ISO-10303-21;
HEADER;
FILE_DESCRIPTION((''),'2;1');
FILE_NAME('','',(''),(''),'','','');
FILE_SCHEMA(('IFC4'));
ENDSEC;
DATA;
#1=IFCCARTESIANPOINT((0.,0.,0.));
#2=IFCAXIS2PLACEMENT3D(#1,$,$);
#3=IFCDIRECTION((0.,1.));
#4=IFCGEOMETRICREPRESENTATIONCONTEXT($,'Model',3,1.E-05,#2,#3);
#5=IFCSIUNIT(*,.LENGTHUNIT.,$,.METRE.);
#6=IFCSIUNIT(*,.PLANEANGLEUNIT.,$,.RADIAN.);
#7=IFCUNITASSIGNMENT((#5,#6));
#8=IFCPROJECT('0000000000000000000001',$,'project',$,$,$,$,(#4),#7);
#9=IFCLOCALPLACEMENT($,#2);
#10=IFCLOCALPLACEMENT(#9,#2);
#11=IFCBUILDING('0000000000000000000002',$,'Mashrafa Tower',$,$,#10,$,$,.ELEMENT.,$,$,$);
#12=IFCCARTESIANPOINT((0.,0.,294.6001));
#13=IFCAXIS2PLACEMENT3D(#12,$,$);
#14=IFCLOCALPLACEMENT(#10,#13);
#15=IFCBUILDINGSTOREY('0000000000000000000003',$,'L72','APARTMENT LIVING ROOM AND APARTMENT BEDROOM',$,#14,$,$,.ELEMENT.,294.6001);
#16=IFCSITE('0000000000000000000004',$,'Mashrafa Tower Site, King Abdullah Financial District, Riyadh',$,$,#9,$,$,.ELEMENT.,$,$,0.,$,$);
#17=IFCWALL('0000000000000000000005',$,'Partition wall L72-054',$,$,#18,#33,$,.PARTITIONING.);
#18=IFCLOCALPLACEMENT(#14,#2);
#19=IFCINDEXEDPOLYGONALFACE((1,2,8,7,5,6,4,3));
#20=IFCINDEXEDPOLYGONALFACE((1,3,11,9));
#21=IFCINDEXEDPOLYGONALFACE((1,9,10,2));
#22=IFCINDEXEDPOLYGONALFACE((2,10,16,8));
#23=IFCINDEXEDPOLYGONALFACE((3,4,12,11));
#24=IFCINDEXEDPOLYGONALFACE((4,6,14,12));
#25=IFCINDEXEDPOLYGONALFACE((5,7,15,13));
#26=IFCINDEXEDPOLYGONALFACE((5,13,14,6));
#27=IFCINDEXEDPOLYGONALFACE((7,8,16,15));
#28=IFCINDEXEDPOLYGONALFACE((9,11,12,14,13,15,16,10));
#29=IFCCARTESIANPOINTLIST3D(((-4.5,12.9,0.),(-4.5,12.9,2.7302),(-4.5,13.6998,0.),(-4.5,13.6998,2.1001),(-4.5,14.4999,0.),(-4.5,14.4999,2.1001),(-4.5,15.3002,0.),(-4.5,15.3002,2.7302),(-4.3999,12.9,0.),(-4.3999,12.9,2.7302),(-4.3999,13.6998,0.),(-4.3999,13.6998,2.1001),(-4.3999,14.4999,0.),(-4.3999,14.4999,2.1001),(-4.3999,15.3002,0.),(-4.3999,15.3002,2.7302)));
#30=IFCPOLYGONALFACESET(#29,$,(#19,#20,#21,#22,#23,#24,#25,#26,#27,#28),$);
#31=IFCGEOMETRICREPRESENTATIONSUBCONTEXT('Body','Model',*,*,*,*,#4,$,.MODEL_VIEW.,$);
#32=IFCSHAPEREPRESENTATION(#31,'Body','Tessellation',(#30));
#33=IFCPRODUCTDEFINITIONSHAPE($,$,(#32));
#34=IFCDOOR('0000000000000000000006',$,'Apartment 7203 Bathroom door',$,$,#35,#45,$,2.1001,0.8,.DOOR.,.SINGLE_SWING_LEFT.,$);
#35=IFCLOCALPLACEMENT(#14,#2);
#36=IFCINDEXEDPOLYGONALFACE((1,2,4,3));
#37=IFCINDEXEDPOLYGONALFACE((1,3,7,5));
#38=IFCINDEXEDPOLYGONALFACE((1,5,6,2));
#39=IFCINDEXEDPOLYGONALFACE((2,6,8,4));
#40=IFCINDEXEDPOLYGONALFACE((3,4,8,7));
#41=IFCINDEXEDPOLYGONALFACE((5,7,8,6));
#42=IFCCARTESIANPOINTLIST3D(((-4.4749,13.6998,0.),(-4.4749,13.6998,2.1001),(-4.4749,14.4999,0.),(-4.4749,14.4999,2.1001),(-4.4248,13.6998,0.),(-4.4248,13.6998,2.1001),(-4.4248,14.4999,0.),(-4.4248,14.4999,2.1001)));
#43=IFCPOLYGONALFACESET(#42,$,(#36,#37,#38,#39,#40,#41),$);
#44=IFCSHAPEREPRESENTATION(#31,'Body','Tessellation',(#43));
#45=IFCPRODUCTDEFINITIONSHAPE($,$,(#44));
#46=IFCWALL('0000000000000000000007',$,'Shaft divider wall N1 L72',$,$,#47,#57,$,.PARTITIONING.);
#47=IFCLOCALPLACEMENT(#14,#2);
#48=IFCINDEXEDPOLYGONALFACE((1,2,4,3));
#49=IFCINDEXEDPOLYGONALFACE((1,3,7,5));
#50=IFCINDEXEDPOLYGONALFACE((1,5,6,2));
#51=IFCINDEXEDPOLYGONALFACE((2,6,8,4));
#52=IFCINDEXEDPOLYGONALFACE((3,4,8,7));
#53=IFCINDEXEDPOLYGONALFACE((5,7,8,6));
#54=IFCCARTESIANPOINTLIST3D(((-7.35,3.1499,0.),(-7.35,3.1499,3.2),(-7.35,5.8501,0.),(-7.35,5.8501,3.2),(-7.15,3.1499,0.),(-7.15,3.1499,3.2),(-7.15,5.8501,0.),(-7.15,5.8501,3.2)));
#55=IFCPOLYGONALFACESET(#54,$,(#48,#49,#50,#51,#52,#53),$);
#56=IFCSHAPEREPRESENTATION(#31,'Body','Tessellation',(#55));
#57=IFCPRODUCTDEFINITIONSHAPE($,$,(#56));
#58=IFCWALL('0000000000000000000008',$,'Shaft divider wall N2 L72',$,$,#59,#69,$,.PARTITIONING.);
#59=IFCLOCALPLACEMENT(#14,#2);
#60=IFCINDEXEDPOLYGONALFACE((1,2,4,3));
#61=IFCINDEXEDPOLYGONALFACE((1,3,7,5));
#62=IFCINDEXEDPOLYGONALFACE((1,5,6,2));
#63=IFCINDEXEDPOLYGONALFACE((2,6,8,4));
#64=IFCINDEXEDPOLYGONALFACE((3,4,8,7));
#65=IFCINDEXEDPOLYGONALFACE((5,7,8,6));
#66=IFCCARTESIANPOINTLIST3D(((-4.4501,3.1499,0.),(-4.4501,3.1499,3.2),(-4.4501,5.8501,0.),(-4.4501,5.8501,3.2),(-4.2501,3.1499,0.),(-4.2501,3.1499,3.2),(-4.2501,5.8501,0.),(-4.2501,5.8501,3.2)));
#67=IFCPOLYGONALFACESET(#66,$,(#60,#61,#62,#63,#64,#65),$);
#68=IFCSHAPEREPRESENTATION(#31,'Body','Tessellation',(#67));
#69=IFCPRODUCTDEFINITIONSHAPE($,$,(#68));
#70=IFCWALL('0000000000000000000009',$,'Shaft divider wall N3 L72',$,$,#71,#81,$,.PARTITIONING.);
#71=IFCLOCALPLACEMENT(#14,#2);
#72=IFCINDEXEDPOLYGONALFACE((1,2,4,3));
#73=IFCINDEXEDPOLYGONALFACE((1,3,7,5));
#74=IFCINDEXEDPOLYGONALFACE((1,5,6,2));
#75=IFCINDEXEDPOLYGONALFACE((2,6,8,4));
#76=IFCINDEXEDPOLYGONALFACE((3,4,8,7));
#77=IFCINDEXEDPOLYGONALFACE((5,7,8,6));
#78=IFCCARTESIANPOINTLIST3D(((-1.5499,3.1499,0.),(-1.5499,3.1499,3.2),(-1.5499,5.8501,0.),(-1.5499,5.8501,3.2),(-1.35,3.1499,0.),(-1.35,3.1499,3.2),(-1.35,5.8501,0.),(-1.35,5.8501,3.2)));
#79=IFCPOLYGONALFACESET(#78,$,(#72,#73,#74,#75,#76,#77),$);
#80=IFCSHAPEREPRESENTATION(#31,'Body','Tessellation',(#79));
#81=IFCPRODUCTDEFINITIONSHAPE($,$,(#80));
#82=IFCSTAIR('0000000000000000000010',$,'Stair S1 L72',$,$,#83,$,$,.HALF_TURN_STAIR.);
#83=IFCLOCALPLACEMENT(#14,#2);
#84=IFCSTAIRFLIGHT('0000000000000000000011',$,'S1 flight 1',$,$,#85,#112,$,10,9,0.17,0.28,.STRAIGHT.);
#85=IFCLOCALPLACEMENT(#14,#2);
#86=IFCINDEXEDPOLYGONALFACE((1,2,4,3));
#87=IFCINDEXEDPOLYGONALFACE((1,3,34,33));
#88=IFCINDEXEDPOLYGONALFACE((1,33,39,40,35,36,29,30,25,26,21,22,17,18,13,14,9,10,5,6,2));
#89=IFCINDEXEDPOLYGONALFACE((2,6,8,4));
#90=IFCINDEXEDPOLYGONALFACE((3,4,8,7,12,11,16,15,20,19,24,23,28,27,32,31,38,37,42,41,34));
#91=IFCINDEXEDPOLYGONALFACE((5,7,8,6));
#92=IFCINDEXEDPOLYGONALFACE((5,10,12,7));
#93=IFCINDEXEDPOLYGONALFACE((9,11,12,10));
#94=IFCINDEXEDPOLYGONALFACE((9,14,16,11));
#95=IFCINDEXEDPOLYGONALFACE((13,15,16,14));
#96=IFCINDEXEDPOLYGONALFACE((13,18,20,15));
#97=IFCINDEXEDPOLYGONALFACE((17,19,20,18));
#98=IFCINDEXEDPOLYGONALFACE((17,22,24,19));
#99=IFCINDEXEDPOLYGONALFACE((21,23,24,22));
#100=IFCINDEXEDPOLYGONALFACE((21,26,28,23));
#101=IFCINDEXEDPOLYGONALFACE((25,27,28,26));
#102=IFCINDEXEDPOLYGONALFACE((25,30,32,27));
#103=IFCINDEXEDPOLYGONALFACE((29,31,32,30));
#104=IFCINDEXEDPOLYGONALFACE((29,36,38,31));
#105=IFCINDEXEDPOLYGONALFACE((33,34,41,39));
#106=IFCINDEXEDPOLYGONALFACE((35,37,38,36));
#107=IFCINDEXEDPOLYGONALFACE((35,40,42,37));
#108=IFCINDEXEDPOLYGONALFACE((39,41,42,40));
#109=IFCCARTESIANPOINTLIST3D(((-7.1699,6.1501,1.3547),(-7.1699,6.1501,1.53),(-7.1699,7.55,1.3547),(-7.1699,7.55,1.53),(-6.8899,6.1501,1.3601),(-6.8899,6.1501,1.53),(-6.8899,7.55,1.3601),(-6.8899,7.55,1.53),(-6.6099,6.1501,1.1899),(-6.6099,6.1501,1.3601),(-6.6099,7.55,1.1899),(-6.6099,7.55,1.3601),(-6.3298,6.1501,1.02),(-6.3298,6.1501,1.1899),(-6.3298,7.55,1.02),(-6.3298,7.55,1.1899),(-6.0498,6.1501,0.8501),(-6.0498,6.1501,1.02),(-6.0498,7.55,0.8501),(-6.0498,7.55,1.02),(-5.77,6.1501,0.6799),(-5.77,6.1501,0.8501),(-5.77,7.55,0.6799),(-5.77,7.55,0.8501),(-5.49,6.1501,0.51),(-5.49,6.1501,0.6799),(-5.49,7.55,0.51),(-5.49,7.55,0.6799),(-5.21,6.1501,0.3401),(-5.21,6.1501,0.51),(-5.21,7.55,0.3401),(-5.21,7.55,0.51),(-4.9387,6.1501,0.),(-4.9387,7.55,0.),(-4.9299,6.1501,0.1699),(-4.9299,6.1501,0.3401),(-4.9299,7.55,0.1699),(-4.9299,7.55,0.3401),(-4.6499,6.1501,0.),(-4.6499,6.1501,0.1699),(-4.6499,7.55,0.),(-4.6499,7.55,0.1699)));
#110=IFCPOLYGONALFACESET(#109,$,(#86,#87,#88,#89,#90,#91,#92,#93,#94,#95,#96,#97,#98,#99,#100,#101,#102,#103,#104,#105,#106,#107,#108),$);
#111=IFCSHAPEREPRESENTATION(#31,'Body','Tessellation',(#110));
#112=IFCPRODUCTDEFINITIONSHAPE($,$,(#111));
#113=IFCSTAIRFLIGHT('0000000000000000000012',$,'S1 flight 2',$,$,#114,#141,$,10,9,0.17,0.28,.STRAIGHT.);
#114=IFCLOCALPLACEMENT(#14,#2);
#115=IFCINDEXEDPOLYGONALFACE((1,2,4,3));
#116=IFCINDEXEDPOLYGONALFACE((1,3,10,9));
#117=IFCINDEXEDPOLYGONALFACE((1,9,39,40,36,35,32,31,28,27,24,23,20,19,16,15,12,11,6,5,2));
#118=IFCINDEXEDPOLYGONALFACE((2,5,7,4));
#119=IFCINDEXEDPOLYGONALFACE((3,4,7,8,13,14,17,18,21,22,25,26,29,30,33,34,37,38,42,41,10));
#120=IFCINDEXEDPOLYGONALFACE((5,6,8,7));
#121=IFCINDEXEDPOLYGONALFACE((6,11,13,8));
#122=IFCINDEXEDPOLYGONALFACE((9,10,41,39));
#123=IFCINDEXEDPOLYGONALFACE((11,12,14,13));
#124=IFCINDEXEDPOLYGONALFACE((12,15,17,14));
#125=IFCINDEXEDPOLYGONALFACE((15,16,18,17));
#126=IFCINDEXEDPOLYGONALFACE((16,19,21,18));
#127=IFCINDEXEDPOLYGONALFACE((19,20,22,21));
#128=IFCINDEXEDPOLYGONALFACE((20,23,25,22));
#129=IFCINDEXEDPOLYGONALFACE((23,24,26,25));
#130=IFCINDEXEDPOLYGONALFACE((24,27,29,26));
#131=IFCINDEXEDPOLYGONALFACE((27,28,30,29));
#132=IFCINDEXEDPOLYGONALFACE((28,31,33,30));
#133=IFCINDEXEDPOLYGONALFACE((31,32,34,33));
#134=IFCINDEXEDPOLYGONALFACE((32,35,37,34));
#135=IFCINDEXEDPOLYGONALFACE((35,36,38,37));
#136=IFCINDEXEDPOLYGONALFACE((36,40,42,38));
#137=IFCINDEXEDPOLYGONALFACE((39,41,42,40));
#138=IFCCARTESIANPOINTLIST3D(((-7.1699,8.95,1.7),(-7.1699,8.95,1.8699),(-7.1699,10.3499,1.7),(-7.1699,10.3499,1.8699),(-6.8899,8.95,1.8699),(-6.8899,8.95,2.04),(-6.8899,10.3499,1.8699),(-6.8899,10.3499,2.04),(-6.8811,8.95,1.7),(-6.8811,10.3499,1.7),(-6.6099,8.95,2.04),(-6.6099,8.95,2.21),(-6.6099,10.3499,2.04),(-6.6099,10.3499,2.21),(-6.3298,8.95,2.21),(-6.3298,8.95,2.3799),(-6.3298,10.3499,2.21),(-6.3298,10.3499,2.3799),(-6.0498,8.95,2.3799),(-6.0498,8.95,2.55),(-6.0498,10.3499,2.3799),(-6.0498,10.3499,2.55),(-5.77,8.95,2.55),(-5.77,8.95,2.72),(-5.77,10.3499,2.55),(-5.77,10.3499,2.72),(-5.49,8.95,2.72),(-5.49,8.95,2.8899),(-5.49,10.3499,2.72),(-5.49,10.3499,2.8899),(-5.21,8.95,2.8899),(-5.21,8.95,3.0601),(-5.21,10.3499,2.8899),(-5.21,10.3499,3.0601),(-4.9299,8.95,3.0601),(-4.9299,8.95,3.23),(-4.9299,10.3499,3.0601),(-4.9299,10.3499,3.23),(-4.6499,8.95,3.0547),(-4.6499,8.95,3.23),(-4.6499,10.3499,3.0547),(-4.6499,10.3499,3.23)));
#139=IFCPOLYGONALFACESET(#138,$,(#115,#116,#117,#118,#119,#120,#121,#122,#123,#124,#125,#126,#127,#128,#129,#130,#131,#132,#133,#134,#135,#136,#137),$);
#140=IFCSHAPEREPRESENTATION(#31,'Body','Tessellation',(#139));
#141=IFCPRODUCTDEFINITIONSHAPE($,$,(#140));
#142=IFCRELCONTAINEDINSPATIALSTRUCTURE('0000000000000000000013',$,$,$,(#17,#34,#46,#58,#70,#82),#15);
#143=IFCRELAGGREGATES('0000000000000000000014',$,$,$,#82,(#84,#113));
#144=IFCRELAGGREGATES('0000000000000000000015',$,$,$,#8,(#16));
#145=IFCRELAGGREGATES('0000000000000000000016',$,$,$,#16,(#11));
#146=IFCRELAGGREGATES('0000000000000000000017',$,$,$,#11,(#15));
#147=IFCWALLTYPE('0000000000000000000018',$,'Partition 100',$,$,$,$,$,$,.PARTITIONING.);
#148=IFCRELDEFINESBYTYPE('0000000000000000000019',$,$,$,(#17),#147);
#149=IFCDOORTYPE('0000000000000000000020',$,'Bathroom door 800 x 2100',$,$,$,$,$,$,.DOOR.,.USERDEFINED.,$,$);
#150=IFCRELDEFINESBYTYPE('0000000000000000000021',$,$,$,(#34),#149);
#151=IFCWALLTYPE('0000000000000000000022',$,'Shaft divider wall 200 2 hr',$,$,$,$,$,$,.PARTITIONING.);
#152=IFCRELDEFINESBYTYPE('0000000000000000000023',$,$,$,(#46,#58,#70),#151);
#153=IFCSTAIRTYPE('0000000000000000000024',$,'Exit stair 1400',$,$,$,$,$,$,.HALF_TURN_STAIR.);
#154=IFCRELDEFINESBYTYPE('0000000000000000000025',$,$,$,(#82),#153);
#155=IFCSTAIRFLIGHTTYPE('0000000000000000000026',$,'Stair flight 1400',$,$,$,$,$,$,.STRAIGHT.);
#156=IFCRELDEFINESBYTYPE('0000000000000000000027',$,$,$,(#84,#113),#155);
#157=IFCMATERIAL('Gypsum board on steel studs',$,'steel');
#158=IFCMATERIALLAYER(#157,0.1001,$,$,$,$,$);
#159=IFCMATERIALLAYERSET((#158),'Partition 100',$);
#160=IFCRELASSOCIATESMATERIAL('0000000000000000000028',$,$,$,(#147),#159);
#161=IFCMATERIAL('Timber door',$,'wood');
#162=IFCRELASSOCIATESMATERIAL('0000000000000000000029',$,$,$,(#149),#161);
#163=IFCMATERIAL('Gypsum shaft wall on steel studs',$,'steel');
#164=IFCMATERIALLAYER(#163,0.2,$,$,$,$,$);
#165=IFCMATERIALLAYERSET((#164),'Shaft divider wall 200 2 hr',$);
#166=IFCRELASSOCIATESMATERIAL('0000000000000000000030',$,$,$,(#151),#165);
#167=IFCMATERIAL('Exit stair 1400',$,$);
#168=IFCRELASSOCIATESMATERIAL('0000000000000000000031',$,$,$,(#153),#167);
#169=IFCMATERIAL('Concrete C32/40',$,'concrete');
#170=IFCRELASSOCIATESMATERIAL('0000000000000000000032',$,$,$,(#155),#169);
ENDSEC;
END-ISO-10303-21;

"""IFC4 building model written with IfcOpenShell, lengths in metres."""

from ifc_helpers import new_model, si_unit, direction, frame, frame_2d, origin, place, context, subcontext, project, spatial, polyline, rectangle, outline, extrude, material, layer, layer_set, type_object, element, fill, aggregate, save


model = new_model("IFC4")

# Units and contexts
model_context = context("Model", 3, precision=1e-05, world=origin(), true_north=direction((0.0, 1.0)))
body_context = subcontext(model_context, "Body", "Model", "MODEL_VIEW")
ifc_project = project(units=[si_unit("LENGTHUNIT", "METRE"), si_unit("PLANEANGLEUNIT", "RADIAN")], contexts=[model_context])

# Site, building, storey
site_placement = place(None, origin())
site = spatial("IfcSite", under=ifc_project, at=site_placement, Name="Mashrafa Tower Site, King Abdullah Financial District, Riyadh", CompositionType="ELEMENT", RefElevation=0.0)
building_placement = place(site_placement, origin())
building = spatial("IfcBuilding", under=site, at=building_placement, Name="Mashrafa Tower", CompositionType="ELEMENT")
storey_placement = place(building_placement, frame((0.0, 0.0, 294.6001)))
storey = spatial("IfcBuildingStorey", under=building, at=storey_placement, Name="L72", Description="APARTMENT LIVING ROOM AND APARTMENT BEDROOM", CompositionType="ELEMENT", Elevation=294.6001)

# Shared definitions
ifc_material_1 = material(Name="Gypsum board on steel studs", Category="steel")
ifc_layer_1 = layer(ifc_material_1, 0.1001)
ifc_layer_set_1 = layer_set([ifc_layer_1], Name="Partition 100")
wall_type_1 = type_object("IfcWallType", Name="Partition 100", PredefinedType="PARTITIONING", material=ifc_layer_set_1)

# Wall, opening, door
wall_1_placement = place(storey_placement, frame((-4.45, 12.8999, 0.0), z_axis=(0.0, 0.0, 1.0), x_axis=(0.0, 1.0, 0.0)))
wall_1 = element("IfcWall", 1, at=wall_1_placement, inside=storey, type_object=wall_type_1, Name="Partition wall L72-054", PredefinedType="PARTITIONING", context=body_context, shape_type="SweptSolid", body=[
    extrude(rectangle(XDim=2.4001, YDim=0.1001, at=frame_2d((1.2002, 0.0))), origin(), (0.0, 0.0, 1.0), 2.7302),
])
opening_1_placement = place(wall_1_placement, frame((0.8, 0.0, 0.0)))
opening_1 = element("IfcOpeningElement", 2, at=opening_1_placement, cuts=wall_1, PredefinedType="OPENING", context=body_context, shape_type="SweptSolid", body=[
    extrude(rectangle(XDim=0.8, YDim=2.1001, at=frame_2d((0.3999, 1.05))), frame((0.0, 0.0601, 0.0), z_axis=(0.0, -1.0, 0.0), x_axis=(1.0, 0.0, 0.0)), (0.0, 0.0, 1.0), 0.1201),
])
ifc_material_2 = material(Name="Timber door", Category="wood")
door_type_1 = type_object("IfcDoorType", Name="Bathroom door 800 x 2100", OperationType="USERDEFINED", PredefinedType="DOOR", material=ifc_material_2)
door_1_placement = place(opening_1_placement, origin())
door_1 = element("IfcDoor", 3, at=door_1_placement, inside=storey, type_object=door_type_1, Name="Apartment 7203 Bathroom door", OperationType="SINGLE_SWING_LEFT", OverallHeight=2.1001, OverallWidth=0.8, PredefinedType="DOOR", context=body_context, shape_type="SweptSolid", body=[
    extrude(rectangle(XDim=0.8, YDim=2.1001, at=frame_2d((0.3999, 1.05))), frame((0.0, 0.0249, 0.0), z_axis=(0.0, -1.0, 0.0), x_axis=(1.0, 0.0, 0.0)), (0.0, 0.0, 1.0), 0.05),
])
fill(opening_1, door_1)

# Walls
ifc_material_3 = material(Name="Gypsum shaft wall on steel studs", Category="steel")
ifc_layer_2 = layer(ifc_material_3, 0.2)
ifc_layer_set_2 = layer_set([ifc_layer_2], Name="Shaft divider wall 200 2 hr")
wall_type_2 = type_object("IfcWallType", Name="Shaft divider wall 200 2 hr", PredefinedType="PARTITIONING", material=ifc_layer_set_2)
for number, where, z_axis, x_axis, name in (
    (4, (-7.25, 3.1499, 0.0), (0.0, 0.0, 1.0), (0.0, 1.0, 0.0), "Shaft divider wall N1 L72"),
    (5, (-4.3501, 3.1499, 0.0), (0.0, 0.0, 1.0), (0.0, 1.0, 0.0), "Shaft divider wall N2 L72"),
    (6, (-1.45, 3.1499, 0.0), (0.0, 0.0, 1.0), (0.0, 1.0, 0.0), "Shaft divider wall N3 L72"),
):
    element("IfcWall", number, at=place(storey_placement, frame(where, z_axis=z_axis, x_axis=x_axis)), inside=storey, type_object=wall_type_2, Name=name, PredefinedType="PARTITIONING", context=body_context, shape_type="SweptSolid", body=[
        extrude(rectangle(XDim=2.7002, YDim=0.2, at=frame_2d((1.3501, 0.0))), origin(), (0.0, 0.0, 1.0), 3.2),
    ])

# Stair, stair flights
ifc_material_4 = material(Name="Exit stair 1400")
stair_type = type_object("IfcStairType", Name="Exit stair 1400", PredefinedType="HALF_TURN_STAIR", material=ifc_material_4)
stair_placement = place(storey_placement, origin())
stair = element("IfcStair", 7, at=stair_placement, inside=storey, type_object=stair_type, Name="Stair S1 L72", PredefinedType="HALF_TURN_STAIR")
ifc_material_5 = material(Name="Concrete C32/40", Category="concrete")
stair_flight_type = type_object("IfcStairFlightType", Name="Stair flight 1400", PredefinedType="STRAIGHT", material=ifc_material_5)
stair_flight_1_placement = place(storey_placement, frame((-4.6499, 6.8501, 0.0), z_axis=(0.0, 0.0, 1.0), x_axis=(-1.0, 0.0, 0.0)))
stair_flight_1 = element("IfcStairFlight", 8, at=stair_flight_1_placement, type_object=stair_flight_type, Name="S1 flight 1", NumberOfRisers=10, NumberOfTreads=9, PredefinedType="STRAIGHT", RiserHeight=0.17, TreadLength=0.28, context=body_context, shape_type="SweptSolid", body=[
    extrude(outline(polyline([(0.0, 0.0), (0.0, 0.1699), (0.28, 0.1699), (0.28, 0.3401), (0.5601, 0.3401), (0.5601, 0.51), (0.8401, 0.51), (0.8401, 0.6799), (1.1201, 0.6799), (1.1201, 0.8501), (1.3999, 0.8501), (1.3999, 1.02), (1.6799, 1.02), (1.6799, 1.1899), (1.96, 1.1899), (1.96, 1.3601), (2.24, 1.3601), (2.24, 1.53), (2.52, 1.53), (2.52, 1.7), (2.52, 1.3547), (0.2888, 0.0), (0.0, 0.0)])), frame((0.0, 0.7, 0.0), z_axis=(0.0, -1.0, 0.0), x_axis=(1.0, 0.0, 0.0)), (0.0, 0.0, 1.0), 1.3999),
])
stair_flight_2_placement = place(storey_placement, frame((-7.1699, 9.6499, 1.7), z_axis=(0.0, 0.0, 1.0), x_axis=(1.0, 0.0, 0.0)))
stair_flight_2 = element("IfcStairFlight", 9, at=stair_flight_2_placement, type_object=stair_flight_type, Name="S1 flight 2", NumberOfRisers=10, NumberOfTreads=9, PredefinedType="STRAIGHT", RiserHeight=0.17, TreadLength=0.28, context=body_context, shape_type="SweptSolid", body=[
    extrude(outline(polyline([(0.0, 0.0), (0.0, 0.1699), (0.28, 0.1699), (0.28, 0.3401), (0.5601, 0.3401), (0.5601, 0.51), (0.8401, 0.51), (0.8401, 0.6799), (1.1201, 0.6799), (1.1201, 0.8501), (1.3999, 0.8501), (1.3999, 1.02), (1.6799, 1.02), (1.6799, 1.1899), (1.96, 1.1899), (1.96, 1.3601), (2.24, 1.3601), (2.24, 1.53), (2.52, 1.53), (2.52, 1.7), (2.52, 1.3547), (0.2888, 0.0), (0.0, 0.0)])), frame((0.0, 0.7, 0.0), z_axis=(0.0, -1.0, 0.0), x_axis=(1.0, 0.0, 0.0)), (0.0, 0.0, 1.0), 1.3999),
])
aggregate(stair, [stair_flight_1, stair_flight_2])

save(model, "model.ifc")
